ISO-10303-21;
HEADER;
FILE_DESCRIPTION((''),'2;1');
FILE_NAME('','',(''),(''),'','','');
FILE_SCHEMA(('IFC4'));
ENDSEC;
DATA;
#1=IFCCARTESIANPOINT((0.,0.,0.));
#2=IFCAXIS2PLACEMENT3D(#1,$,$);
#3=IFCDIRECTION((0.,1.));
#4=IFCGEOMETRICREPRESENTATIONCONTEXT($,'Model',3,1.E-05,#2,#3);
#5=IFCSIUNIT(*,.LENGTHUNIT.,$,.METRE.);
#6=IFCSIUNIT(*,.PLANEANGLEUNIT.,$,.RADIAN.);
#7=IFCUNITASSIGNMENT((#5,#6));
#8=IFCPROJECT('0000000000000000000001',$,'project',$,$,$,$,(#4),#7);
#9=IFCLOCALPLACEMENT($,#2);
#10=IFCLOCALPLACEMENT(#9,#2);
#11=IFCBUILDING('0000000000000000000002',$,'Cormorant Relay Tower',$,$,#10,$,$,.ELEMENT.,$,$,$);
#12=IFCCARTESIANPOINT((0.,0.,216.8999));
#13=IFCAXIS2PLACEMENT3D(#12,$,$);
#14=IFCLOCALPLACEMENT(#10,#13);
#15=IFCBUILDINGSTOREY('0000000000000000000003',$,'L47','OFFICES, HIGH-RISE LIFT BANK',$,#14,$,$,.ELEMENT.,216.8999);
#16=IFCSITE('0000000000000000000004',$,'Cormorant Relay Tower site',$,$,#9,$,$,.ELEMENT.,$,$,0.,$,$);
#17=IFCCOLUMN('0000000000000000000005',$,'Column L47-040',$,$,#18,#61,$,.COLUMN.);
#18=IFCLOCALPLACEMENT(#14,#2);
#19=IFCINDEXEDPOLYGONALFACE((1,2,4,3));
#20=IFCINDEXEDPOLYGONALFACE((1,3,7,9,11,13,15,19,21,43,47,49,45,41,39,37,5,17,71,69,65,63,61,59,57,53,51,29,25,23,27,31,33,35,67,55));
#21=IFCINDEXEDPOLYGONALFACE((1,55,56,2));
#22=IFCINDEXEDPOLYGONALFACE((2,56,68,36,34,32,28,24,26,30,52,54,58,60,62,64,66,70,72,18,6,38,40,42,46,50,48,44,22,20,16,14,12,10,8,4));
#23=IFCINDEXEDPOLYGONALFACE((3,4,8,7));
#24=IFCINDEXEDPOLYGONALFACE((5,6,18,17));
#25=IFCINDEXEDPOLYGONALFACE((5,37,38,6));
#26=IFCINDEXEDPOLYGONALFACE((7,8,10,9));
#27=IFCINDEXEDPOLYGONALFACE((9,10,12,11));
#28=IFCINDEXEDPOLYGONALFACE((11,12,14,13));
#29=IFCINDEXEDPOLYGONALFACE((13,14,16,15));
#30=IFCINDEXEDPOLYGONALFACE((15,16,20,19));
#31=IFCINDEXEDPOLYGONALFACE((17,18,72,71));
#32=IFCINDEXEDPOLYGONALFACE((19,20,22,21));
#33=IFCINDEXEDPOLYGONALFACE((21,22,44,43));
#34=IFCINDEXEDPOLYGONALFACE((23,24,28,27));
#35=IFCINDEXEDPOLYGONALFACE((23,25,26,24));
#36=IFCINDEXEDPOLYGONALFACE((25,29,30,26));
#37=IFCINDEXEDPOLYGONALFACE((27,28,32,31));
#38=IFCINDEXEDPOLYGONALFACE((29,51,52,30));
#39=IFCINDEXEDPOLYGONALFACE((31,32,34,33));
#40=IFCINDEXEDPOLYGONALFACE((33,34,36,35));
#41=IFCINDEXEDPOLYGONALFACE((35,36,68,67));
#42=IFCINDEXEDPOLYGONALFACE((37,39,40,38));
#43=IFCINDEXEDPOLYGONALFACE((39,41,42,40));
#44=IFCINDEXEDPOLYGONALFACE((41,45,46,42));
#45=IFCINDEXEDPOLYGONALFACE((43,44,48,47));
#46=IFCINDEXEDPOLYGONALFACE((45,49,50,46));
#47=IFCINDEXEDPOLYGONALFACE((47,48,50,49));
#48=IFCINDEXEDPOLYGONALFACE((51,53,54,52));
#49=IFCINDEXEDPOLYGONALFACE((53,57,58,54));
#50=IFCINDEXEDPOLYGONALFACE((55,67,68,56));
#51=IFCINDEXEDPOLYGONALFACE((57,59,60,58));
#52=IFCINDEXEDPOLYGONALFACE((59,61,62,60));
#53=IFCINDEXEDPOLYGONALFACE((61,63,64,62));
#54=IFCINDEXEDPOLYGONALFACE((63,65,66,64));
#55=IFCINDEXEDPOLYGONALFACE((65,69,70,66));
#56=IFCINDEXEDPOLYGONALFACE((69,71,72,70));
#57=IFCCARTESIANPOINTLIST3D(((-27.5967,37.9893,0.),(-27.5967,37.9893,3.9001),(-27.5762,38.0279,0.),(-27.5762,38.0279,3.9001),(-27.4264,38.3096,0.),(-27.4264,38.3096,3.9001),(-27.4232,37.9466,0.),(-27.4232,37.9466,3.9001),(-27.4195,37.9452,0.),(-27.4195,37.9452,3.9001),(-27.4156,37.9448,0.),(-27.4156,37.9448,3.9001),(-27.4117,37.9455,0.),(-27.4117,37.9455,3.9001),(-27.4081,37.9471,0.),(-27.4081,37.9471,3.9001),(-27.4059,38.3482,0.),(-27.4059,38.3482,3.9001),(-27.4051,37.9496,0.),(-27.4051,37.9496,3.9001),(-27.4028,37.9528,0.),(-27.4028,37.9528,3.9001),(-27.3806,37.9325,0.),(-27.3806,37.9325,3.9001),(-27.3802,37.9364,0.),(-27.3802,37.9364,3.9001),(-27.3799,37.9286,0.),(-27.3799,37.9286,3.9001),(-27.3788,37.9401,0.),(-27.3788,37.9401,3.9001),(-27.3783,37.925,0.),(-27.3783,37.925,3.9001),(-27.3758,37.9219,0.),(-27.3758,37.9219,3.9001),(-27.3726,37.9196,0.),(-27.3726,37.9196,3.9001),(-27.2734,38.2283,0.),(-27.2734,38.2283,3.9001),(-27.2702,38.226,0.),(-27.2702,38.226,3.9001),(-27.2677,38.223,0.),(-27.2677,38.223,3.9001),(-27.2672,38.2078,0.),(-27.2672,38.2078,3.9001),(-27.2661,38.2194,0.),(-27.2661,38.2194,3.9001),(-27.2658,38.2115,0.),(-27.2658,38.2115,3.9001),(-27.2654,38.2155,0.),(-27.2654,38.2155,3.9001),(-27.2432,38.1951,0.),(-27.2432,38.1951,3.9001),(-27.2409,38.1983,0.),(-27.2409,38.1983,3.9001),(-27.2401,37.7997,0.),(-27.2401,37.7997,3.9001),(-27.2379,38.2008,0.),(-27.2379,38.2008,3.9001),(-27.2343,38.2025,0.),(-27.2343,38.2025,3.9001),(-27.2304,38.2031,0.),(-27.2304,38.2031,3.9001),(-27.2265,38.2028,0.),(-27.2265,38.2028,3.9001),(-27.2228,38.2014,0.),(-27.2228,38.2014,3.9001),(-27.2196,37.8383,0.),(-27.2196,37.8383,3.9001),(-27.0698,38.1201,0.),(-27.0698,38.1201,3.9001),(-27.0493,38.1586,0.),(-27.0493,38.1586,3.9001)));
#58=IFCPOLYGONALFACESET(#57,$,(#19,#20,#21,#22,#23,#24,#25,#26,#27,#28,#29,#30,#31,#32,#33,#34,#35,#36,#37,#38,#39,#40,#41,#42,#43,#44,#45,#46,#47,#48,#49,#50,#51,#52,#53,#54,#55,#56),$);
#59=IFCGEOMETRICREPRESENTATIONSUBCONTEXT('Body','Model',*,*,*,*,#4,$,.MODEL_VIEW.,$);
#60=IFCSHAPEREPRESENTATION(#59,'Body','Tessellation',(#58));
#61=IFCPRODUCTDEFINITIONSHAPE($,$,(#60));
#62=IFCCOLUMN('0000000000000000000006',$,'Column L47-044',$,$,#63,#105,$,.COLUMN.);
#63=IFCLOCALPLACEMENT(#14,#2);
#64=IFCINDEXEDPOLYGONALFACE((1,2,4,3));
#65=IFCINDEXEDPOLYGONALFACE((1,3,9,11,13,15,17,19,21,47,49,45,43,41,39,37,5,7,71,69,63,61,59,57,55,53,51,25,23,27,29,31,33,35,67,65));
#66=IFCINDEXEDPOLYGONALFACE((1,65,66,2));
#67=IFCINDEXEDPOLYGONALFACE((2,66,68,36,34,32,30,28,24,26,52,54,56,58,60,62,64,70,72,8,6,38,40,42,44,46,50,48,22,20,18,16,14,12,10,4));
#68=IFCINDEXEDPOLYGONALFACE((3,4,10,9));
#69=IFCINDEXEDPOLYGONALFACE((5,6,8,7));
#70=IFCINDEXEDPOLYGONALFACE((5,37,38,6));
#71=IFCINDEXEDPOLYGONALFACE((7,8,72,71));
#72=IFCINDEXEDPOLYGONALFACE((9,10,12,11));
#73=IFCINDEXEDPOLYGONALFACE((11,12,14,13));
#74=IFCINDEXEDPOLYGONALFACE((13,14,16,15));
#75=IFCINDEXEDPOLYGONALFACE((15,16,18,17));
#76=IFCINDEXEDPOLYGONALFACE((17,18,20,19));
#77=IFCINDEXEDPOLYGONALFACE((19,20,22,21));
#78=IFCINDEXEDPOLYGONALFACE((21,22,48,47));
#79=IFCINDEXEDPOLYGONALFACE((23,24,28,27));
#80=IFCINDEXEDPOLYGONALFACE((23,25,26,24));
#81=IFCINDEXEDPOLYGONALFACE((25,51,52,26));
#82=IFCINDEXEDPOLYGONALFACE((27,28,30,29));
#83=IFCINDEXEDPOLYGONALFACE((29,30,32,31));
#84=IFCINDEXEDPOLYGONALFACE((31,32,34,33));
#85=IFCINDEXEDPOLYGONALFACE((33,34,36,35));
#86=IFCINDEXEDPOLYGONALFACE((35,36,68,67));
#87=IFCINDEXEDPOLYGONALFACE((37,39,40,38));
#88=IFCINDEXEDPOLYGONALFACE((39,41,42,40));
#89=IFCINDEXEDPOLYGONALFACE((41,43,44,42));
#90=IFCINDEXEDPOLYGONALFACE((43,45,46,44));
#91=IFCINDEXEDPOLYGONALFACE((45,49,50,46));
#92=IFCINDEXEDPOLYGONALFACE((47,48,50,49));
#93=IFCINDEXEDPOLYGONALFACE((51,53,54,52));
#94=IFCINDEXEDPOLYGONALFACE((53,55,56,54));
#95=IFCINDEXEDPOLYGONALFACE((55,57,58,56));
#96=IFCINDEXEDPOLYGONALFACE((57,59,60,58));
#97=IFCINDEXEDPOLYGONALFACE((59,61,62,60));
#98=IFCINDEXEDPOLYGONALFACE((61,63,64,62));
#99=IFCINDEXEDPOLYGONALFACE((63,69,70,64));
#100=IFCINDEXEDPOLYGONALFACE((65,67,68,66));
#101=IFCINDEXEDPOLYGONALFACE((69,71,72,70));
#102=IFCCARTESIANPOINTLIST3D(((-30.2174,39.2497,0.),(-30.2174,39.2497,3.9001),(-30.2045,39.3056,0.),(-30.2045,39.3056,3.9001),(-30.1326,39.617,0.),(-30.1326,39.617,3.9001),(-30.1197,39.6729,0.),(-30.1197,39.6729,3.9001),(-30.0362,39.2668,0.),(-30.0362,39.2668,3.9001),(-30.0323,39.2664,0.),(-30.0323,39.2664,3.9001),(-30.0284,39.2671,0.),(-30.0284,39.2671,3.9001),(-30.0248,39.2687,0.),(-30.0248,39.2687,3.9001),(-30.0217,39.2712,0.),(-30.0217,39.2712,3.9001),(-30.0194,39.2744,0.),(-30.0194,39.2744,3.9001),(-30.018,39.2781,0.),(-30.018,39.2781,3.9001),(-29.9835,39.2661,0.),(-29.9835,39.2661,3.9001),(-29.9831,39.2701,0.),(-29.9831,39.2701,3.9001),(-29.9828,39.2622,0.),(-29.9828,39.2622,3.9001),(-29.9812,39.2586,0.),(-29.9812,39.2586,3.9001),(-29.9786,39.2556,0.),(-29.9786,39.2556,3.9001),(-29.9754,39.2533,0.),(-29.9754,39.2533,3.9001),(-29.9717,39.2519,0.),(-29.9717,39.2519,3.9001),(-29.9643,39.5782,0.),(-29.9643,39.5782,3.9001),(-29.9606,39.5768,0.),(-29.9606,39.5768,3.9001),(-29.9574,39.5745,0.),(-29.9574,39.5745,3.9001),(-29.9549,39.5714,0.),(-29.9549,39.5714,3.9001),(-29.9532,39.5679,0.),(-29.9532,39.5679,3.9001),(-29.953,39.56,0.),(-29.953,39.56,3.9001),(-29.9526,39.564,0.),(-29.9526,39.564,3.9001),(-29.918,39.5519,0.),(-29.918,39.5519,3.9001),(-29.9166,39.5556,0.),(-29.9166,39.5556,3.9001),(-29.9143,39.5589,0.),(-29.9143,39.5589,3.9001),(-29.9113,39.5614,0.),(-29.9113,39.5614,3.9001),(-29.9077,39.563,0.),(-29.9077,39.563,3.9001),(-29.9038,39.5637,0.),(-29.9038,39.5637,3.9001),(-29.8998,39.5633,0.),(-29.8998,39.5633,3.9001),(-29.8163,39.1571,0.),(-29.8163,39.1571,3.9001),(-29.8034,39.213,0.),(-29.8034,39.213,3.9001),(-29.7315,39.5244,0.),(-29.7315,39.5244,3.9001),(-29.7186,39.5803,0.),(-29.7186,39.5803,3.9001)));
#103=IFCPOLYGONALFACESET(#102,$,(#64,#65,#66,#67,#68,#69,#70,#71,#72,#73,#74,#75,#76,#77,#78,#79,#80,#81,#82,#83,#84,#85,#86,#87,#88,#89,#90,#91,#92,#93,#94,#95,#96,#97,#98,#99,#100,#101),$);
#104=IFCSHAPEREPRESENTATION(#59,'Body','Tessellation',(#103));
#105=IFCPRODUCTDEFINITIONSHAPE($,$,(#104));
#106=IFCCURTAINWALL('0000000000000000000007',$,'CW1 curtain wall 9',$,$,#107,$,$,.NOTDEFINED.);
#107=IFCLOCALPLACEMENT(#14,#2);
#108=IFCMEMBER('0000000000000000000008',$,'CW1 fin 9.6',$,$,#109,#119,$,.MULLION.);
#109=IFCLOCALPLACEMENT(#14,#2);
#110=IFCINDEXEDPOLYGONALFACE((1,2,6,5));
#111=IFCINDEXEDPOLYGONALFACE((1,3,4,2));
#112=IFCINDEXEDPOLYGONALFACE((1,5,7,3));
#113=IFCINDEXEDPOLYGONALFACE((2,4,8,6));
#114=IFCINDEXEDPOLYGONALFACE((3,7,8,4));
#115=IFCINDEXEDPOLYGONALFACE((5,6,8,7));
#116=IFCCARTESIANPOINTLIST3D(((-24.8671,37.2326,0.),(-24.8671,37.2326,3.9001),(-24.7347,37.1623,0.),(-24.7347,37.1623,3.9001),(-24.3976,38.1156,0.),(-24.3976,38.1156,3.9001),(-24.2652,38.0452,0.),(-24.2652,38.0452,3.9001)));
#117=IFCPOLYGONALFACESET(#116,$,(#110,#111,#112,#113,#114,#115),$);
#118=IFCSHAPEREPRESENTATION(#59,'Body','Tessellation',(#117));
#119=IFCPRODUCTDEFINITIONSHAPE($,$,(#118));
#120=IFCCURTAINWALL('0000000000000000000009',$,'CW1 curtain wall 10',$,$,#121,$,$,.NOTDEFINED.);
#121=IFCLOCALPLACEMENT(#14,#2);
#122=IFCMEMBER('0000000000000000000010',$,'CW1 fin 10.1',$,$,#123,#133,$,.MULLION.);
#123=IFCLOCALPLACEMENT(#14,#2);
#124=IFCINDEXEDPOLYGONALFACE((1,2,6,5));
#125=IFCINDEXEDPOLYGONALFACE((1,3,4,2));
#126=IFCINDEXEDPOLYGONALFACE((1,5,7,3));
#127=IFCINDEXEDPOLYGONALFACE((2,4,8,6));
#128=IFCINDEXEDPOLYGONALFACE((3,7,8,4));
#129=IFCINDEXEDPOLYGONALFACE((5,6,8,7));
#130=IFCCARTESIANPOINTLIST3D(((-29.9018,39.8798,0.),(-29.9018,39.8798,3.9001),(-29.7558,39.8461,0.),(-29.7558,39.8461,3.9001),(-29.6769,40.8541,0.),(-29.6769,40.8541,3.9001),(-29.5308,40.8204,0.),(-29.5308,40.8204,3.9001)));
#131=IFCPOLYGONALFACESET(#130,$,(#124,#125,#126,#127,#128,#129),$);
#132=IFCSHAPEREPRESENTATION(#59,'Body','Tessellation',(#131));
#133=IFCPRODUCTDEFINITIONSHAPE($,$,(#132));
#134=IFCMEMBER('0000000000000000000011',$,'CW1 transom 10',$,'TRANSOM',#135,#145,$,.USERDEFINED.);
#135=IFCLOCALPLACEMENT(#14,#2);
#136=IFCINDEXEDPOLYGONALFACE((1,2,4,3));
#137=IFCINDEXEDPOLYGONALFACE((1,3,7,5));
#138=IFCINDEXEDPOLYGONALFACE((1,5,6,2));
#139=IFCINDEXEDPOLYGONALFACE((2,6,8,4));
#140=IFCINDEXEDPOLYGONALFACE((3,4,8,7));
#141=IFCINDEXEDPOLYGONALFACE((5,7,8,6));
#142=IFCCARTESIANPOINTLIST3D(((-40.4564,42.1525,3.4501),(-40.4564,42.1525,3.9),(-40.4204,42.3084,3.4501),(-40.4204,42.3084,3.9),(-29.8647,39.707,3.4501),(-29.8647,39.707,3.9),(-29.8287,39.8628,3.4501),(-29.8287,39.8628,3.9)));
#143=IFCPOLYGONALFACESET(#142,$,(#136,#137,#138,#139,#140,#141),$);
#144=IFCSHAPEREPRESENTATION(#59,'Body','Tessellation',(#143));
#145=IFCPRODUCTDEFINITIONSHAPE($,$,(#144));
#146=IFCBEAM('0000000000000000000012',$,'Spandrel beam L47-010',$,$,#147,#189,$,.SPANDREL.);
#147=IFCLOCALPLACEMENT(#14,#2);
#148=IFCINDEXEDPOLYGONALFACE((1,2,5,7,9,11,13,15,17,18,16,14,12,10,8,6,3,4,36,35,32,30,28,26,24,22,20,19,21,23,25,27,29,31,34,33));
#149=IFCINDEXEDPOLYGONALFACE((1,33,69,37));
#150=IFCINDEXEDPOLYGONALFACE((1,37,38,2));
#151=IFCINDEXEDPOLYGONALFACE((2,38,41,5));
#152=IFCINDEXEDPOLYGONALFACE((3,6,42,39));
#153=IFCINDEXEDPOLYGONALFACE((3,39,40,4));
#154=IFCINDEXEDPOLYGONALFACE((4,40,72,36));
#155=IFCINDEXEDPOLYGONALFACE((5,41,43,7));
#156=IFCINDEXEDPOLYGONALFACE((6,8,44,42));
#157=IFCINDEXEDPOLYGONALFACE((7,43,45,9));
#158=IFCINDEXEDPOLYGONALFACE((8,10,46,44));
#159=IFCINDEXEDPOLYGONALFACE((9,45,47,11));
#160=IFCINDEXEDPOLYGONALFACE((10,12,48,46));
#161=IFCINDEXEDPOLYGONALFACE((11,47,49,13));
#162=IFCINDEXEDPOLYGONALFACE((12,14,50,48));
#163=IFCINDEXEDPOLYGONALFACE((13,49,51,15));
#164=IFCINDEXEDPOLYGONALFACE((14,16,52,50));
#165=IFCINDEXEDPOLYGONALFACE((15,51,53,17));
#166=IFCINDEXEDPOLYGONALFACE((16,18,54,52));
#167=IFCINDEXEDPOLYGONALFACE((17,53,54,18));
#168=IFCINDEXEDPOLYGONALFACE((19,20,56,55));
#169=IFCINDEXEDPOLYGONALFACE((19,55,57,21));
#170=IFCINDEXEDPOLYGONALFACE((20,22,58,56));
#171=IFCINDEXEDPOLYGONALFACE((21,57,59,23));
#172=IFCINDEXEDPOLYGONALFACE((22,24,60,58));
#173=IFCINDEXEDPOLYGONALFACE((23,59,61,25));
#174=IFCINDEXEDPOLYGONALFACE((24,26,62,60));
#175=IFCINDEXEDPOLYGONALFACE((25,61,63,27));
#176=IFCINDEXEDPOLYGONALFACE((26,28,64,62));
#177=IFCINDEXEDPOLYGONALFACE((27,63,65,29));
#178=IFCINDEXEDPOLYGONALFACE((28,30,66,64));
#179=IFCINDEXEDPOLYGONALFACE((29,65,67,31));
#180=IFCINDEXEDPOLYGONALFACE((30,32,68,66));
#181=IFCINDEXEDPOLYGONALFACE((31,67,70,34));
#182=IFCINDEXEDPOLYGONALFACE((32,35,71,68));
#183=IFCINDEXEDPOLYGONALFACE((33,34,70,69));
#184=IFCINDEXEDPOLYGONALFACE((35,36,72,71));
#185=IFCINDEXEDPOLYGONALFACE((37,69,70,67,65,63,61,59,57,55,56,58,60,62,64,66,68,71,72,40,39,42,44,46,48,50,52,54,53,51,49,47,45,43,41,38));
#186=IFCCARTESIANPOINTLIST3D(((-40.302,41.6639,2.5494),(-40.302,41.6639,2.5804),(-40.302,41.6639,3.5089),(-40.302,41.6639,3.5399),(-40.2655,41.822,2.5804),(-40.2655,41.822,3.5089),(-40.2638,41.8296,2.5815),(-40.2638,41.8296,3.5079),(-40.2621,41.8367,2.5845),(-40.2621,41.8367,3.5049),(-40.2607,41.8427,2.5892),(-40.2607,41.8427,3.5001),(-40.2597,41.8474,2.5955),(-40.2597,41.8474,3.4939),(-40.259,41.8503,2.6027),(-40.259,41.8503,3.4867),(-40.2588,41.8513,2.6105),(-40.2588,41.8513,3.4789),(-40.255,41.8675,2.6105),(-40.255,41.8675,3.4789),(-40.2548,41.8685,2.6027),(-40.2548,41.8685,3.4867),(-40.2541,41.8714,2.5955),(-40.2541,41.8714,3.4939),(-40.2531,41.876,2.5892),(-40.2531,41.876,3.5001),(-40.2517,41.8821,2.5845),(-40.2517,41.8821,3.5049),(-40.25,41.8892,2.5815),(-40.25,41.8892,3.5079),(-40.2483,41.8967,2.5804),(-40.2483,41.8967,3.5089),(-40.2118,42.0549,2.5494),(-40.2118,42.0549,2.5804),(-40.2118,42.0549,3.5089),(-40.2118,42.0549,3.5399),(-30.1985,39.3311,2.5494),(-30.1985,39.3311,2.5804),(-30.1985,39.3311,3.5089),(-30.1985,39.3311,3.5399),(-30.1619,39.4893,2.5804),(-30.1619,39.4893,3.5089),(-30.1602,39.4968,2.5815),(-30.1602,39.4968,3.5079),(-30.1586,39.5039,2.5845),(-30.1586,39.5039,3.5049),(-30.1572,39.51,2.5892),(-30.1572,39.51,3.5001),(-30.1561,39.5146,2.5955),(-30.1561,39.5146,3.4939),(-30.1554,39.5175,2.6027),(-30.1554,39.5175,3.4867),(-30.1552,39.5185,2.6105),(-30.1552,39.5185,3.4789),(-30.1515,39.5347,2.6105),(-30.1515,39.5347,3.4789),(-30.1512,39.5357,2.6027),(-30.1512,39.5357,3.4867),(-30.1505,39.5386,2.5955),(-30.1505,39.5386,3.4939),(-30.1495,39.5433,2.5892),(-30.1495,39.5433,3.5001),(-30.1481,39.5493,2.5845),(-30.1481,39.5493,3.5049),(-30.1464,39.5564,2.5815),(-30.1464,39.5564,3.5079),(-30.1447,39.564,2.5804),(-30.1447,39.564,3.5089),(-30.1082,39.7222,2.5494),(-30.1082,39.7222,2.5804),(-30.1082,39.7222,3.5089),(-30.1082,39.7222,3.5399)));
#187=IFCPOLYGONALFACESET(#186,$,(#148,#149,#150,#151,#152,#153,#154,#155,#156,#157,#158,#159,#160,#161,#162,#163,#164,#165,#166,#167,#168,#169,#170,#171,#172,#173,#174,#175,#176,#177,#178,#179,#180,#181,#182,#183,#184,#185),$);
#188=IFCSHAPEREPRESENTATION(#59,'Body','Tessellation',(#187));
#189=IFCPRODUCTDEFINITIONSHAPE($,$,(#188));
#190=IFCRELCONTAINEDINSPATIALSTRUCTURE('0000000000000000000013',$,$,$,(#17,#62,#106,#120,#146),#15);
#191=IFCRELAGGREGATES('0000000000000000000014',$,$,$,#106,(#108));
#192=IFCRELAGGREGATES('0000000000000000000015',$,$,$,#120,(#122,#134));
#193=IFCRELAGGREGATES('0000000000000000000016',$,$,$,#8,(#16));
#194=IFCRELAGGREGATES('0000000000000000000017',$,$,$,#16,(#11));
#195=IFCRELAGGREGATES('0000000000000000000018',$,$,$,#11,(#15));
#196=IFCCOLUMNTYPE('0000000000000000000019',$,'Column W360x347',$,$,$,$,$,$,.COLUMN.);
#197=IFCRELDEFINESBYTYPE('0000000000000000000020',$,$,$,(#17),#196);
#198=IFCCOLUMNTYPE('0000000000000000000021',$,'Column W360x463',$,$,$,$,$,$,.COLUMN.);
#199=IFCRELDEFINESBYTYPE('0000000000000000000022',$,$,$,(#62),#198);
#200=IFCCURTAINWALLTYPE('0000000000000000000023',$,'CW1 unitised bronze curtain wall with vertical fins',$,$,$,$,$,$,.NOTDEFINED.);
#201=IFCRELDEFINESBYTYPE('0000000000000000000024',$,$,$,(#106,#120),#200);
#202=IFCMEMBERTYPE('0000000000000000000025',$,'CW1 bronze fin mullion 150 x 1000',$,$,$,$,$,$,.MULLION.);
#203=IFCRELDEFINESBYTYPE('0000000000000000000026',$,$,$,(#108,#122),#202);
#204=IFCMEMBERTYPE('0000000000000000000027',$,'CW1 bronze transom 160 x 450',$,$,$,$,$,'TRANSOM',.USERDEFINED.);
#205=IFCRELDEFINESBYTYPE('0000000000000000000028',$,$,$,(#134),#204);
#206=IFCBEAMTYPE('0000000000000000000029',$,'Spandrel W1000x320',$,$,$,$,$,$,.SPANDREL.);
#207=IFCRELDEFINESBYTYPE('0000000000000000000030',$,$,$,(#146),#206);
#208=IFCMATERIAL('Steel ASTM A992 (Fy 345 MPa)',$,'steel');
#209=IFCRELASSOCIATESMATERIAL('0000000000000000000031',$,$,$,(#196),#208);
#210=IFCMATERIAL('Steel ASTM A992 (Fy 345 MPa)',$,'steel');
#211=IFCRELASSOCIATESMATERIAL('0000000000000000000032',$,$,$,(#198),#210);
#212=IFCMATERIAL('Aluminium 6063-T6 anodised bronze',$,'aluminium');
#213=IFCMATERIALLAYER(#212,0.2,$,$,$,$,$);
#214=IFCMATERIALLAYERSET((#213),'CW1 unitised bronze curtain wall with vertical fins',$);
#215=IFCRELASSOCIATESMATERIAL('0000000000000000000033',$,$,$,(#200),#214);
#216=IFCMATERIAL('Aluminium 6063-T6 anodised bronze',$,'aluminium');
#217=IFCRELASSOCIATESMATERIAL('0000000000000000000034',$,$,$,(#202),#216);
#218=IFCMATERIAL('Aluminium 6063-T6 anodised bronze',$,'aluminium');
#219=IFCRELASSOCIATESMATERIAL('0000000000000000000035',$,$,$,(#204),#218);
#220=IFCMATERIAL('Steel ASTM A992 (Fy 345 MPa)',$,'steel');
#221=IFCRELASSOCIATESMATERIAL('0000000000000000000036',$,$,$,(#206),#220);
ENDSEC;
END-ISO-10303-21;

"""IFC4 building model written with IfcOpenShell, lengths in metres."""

from ifc_helpers import new_model, si_unit, direction, frame, origin, origin_2d, place, context, subcontext, project, spatial, rectangle, i_section, extrude, material, layer, layer_set, material_profile, profile_set, type_object, element, aggregate, save


model = new_model("IFC4")

# Units and contexts
model_context = context("Model", 3, precision=1e-05, world=origin(), true_north=direction((0.0, 1.0)))
body_context = subcontext(model_context, "Body", "Model", "MODEL_VIEW")
ifc_project = project(units=[si_unit("LENGTHUNIT", "METRE"), si_unit("PLANEANGLEUNIT", "RADIAN")], contexts=[model_context])

# Site, building, storey
site_placement = place(None, origin())
site = spatial("IfcSite", under=ifc_project, at=site_placement, Name="Cormorant Relay Tower site", CompositionType="ELEMENT", RefElevation=0.0)
building_placement = place(site_placement, origin())
building = spatial("IfcBuilding", under=site, at=building_placement, Name="Cormorant Relay Tower", CompositionType="ELEMENT")
storey_placement = place(building_placement, frame((0.0, 0.0, 216.8999)))
storey = spatial("IfcBuildingStorey", under=building, at=storey_placement, Name="L47", Description="OFFICES, HIGH-RISE LIFT BANK", CompositionType="ELEMENT", Elevation=216.8999)

# Columns
ifc_material_1 = material(Name="Steel ASTM A992 (Fy 345 MPa)", Category="steel")
ifc_material_profile_1 = material_profile(ifc_material_1, i_section(OverallWidth=0.4038, OverallDepth=0.4065, WebThickness=0.0271, FlangeThickness=0.0437, FilletRadius=0.0151, at=origin_2d()), Name="W360x347")
ifc_profile_set_1 = profile_set([ifc_material_profile_1], Name="Steel ASTM A992 (Fy 345 MPa)")
column_type_1 = type_object("IfcColumnType", Name="Column W360x347", PredefinedType="COLUMN", material=ifc_profile_set_1)
column_1_placement = place(storey_placement, frame((-27.323, 38.074, 0.0), z_axis=(0.0, 0.0, 1.0), x_axis=(-0.882948, 0.469472, 0.0)))
element("IfcColumn", 1, at=column_1_placement, inside=storey, type_object=column_type_1, Name="Column L47-040", PredefinedType="COLUMN", context=body_context, shape_type="SweptSolid", body=[
    extrude(i_section(OverallWidth=0.4038, OverallDepth=0.4065, WebThickness=0.0271, FlangeThickness=0.0437, FilletRadius=0.0151, at=origin_2d()), origin(), (0.0, 0.0, 1.0), 3.9001),
])
ifc_material_2 = material(Name="Steel ASTM A992 (Fy 345 MPa)", Category="steel")
ifc_material_profile_2 = material_profile(ifc_material_2, i_section(OverallWidth=0.4116, OverallDepth=0.4343, WebThickness=0.0359, FlangeThickness=0.0574, FilletRadius=0.0151, at=origin_2d()), Name="W360x463")
ifc_profile_set_2 = profile_set([ifc_material_profile_2], Name="Steel ASTM A992 (Fy 345 MPa)")
column_type_2 = type_object("IfcColumnType", Name="Column W360x463", PredefinedType="COLUMN", material=ifc_profile_set_2)
column_2_placement = place(storey_placement, frame((-29.968, 39.415, 0.0), z_axis=(0.0, 0.0, 1.0), x_axis=(-0.97437, 0.224951, 0.0)))
element("IfcColumn", 2, at=column_2_placement, inside=storey, type_object=column_type_2, Name="Column L47-044", PredefinedType="COLUMN", context=body_context, shape_type="SweptSolid", body=[
    extrude(i_section(OverallWidth=0.4116, OverallDepth=0.4343, WebThickness=0.0359, FlangeThickness=0.0574, FilletRadius=0.0151, at=origin_2d()), origin(), (0.0, 0.0, 1.0), 3.9001),
])

# Curtain wall, member
ifc_material_3 = material(Name="Aluminium 6063-T6 anodised bronze", Category="aluminium")
ifc_layer_1 = layer(ifc_material_3, 0.2)
ifc_layer_set_1 = layer_set([ifc_layer_1], Name="CW1 unitised bronze curtain wall with vertical fins")
curtain_wall_type = type_object("IfcCurtainWallType", Name="CW1 unitised bronze curtain wall with vertical fins", PredefinedType="NOTDEFINED", material=ifc_layer_set_1)
curtain_wall_1_placement = place(storey_placement, origin())
curtain_wall_1 = element("IfcCurtainWall", 3, at=curtain_wall_1_placement, inside=storey, type_object=curtain_wall_type, Name="CW1 curtain wall 9", PredefinedType="NOTDEFINED")
ifc_material_4 = material(Name="Aluminium 6063-T6 anodised bronze", Category="aluminium")
ifc_material_profile_3 = material_profile(ifc_material_4, rectangle(XDim=0.1499, YDim=1.0, at=origin_2d()), Name="AL 150x1000")
ifc_profile_set_3 = profile_set([ifc_material_profile_3], Name="Aluminium 6063-T6 anodised bronze")
member_type_1 = type_object("IfcMemberType", Name="CW1 bronze fin mullion 150 x 1000", PredefinedType="MULLION", material=ifc_profile_set_3)
member_1_placement = place(storey_placement, frame((-24.5662, 37.6389, 0.0), z_axis=(0.0, 0.0, 1.0), x_axis=(-0.882948, 0.469472, 0.0)))
member_1 = element("IfcMember", 4, at=member_1_placement, type_object=member_type_1, Name="CW1 fin 9.6", PredefinedType="MULLION", context=body_context, shape_type="SweptSolid", body=[
    extrude(rectangle(XDim=0.1499, YDim=1.0, at=origin_2d()), origin(), (0.0, 0.0, 1.0), 3.9001),
])

# Curtain wall, members
curtain_wall_2_placement = place(storey_placement, origin())
curtain_wall_2 = element("IfcCurtainWall", 5, at=curtain_wall_2_placement, inside=storey, type_object=curtain_wall_type, Name="CW1 curtain wall 10", PredefinedType="NOTDEFINED")
member_2_placement = place(storey_placement, frame((-29.7163, 40.3501, 0.0), z_axis=(0.0, 0.0, 1.0), x_axis=(-0.97437, 0.224951, 0.0)))
member_2 = element("IfcMember", 6, at=member_2_placement, type_object=member_type_1, Name="CW1 fin 10.1", PredefinedType="MULLION", context=body_context, shape_type="SweptSolid", body=[
    extrude(rectangle(XDim=0.1499, YDim=1.0, at=origin_2d()), origin(), (0.0, 0.0, 1.0), 3.9001),
])
ifc_material_5 = material(Name="Aluminium 6063-T6 anodised bronze", Category="aluminium")
ifc_material_profile_4 = material_profile(ifc_material_5, rectangle(XDim=0.1599, YDim=0.45, at=origin_2d()), Name="AL 160x450")
ifc_profile_set_4 = profile_set([ifc_material_profile_4], Name="Aluminium 6063-T6 anodised bronze")
member_type_2 = type_object("IfcMemberType", Name="CW1 bronze transom 160 x 450", ElementType="TRANSOM", PredefinedType="USERDEFINED", material=ifc_profile_set_4)
member_3_placement = place(storey_placement, frame((-29.8467, 39.7849, 3.675), z_axis=(-0.974365, 0.224973, 0.0), x_axis=(-0.224973, -0.974365, 0.0)))
member_3 = element("IfcMember", 7, at=member_3_placement, type_object=member_type_2, Name="CW1 transom 10", ObjectType="TRANSOM", PredefinedType="USERDEFINED", context=body_context, shape_type="SweptSolid", body=[
    extrude(rectangle(XDim=0.1599, YDim=0.45, at=origin_2d()), origin(), (0.0, 0.0, 1.0), 10.8704),
])

# Beam
ifc_material_6 = material(Name="Steel ASTM A992 (Fy 345 MPa)", Category="steel")
ifc_material_profile_5 = material_profile(ifc_material_6, i_section(OverallWidth=0.4014, OverallDepth=0.9905, WebThickness=0.0166, FlangeThickness=0.031, FilletRadius=0.03, at=origin_2d()), Name="W1000x320")
ifc_profile_set_5 = profile_set([ifc_material_profile_5], Name="Steel ASTM A992 (Fy 345 MPa)")
beam_type = type_object("IfcBeamType", Name="Spandrel W1000x320", PredefinedType="SPANDREL", material=ifc_profile_set_5)
beam_placement = place(storey_placement, frame((-30.1533, 39.5266, 3.0447), z_axis=(-0.974366, 0.224968, 0.0), x_axis=(-0.224968, -0.974366, 0.0)))
element("IfcBeam", 8, at=beam_placement, inside=storey, type_object=beam_type, Name="Spandrel beam L47-010", PredefinedType="SPANDREL", context=body_context, shape_type="SweptSolid", body=[
    extrude(i_section(OverallWidth=0.4014, OverallDepth=0.9905, WebThickness=0.0166, FlangeThickness=0.031, FilletRadius=0.03, at=origin_2d()), origin(), (0.0, 0.0, 1.0), 10.3694),
])

aggregate(curtain_wall_1, [member_1])
aggregate(curtain_wall_2, [member_2, member_3])

save(model, "model.ifc")
